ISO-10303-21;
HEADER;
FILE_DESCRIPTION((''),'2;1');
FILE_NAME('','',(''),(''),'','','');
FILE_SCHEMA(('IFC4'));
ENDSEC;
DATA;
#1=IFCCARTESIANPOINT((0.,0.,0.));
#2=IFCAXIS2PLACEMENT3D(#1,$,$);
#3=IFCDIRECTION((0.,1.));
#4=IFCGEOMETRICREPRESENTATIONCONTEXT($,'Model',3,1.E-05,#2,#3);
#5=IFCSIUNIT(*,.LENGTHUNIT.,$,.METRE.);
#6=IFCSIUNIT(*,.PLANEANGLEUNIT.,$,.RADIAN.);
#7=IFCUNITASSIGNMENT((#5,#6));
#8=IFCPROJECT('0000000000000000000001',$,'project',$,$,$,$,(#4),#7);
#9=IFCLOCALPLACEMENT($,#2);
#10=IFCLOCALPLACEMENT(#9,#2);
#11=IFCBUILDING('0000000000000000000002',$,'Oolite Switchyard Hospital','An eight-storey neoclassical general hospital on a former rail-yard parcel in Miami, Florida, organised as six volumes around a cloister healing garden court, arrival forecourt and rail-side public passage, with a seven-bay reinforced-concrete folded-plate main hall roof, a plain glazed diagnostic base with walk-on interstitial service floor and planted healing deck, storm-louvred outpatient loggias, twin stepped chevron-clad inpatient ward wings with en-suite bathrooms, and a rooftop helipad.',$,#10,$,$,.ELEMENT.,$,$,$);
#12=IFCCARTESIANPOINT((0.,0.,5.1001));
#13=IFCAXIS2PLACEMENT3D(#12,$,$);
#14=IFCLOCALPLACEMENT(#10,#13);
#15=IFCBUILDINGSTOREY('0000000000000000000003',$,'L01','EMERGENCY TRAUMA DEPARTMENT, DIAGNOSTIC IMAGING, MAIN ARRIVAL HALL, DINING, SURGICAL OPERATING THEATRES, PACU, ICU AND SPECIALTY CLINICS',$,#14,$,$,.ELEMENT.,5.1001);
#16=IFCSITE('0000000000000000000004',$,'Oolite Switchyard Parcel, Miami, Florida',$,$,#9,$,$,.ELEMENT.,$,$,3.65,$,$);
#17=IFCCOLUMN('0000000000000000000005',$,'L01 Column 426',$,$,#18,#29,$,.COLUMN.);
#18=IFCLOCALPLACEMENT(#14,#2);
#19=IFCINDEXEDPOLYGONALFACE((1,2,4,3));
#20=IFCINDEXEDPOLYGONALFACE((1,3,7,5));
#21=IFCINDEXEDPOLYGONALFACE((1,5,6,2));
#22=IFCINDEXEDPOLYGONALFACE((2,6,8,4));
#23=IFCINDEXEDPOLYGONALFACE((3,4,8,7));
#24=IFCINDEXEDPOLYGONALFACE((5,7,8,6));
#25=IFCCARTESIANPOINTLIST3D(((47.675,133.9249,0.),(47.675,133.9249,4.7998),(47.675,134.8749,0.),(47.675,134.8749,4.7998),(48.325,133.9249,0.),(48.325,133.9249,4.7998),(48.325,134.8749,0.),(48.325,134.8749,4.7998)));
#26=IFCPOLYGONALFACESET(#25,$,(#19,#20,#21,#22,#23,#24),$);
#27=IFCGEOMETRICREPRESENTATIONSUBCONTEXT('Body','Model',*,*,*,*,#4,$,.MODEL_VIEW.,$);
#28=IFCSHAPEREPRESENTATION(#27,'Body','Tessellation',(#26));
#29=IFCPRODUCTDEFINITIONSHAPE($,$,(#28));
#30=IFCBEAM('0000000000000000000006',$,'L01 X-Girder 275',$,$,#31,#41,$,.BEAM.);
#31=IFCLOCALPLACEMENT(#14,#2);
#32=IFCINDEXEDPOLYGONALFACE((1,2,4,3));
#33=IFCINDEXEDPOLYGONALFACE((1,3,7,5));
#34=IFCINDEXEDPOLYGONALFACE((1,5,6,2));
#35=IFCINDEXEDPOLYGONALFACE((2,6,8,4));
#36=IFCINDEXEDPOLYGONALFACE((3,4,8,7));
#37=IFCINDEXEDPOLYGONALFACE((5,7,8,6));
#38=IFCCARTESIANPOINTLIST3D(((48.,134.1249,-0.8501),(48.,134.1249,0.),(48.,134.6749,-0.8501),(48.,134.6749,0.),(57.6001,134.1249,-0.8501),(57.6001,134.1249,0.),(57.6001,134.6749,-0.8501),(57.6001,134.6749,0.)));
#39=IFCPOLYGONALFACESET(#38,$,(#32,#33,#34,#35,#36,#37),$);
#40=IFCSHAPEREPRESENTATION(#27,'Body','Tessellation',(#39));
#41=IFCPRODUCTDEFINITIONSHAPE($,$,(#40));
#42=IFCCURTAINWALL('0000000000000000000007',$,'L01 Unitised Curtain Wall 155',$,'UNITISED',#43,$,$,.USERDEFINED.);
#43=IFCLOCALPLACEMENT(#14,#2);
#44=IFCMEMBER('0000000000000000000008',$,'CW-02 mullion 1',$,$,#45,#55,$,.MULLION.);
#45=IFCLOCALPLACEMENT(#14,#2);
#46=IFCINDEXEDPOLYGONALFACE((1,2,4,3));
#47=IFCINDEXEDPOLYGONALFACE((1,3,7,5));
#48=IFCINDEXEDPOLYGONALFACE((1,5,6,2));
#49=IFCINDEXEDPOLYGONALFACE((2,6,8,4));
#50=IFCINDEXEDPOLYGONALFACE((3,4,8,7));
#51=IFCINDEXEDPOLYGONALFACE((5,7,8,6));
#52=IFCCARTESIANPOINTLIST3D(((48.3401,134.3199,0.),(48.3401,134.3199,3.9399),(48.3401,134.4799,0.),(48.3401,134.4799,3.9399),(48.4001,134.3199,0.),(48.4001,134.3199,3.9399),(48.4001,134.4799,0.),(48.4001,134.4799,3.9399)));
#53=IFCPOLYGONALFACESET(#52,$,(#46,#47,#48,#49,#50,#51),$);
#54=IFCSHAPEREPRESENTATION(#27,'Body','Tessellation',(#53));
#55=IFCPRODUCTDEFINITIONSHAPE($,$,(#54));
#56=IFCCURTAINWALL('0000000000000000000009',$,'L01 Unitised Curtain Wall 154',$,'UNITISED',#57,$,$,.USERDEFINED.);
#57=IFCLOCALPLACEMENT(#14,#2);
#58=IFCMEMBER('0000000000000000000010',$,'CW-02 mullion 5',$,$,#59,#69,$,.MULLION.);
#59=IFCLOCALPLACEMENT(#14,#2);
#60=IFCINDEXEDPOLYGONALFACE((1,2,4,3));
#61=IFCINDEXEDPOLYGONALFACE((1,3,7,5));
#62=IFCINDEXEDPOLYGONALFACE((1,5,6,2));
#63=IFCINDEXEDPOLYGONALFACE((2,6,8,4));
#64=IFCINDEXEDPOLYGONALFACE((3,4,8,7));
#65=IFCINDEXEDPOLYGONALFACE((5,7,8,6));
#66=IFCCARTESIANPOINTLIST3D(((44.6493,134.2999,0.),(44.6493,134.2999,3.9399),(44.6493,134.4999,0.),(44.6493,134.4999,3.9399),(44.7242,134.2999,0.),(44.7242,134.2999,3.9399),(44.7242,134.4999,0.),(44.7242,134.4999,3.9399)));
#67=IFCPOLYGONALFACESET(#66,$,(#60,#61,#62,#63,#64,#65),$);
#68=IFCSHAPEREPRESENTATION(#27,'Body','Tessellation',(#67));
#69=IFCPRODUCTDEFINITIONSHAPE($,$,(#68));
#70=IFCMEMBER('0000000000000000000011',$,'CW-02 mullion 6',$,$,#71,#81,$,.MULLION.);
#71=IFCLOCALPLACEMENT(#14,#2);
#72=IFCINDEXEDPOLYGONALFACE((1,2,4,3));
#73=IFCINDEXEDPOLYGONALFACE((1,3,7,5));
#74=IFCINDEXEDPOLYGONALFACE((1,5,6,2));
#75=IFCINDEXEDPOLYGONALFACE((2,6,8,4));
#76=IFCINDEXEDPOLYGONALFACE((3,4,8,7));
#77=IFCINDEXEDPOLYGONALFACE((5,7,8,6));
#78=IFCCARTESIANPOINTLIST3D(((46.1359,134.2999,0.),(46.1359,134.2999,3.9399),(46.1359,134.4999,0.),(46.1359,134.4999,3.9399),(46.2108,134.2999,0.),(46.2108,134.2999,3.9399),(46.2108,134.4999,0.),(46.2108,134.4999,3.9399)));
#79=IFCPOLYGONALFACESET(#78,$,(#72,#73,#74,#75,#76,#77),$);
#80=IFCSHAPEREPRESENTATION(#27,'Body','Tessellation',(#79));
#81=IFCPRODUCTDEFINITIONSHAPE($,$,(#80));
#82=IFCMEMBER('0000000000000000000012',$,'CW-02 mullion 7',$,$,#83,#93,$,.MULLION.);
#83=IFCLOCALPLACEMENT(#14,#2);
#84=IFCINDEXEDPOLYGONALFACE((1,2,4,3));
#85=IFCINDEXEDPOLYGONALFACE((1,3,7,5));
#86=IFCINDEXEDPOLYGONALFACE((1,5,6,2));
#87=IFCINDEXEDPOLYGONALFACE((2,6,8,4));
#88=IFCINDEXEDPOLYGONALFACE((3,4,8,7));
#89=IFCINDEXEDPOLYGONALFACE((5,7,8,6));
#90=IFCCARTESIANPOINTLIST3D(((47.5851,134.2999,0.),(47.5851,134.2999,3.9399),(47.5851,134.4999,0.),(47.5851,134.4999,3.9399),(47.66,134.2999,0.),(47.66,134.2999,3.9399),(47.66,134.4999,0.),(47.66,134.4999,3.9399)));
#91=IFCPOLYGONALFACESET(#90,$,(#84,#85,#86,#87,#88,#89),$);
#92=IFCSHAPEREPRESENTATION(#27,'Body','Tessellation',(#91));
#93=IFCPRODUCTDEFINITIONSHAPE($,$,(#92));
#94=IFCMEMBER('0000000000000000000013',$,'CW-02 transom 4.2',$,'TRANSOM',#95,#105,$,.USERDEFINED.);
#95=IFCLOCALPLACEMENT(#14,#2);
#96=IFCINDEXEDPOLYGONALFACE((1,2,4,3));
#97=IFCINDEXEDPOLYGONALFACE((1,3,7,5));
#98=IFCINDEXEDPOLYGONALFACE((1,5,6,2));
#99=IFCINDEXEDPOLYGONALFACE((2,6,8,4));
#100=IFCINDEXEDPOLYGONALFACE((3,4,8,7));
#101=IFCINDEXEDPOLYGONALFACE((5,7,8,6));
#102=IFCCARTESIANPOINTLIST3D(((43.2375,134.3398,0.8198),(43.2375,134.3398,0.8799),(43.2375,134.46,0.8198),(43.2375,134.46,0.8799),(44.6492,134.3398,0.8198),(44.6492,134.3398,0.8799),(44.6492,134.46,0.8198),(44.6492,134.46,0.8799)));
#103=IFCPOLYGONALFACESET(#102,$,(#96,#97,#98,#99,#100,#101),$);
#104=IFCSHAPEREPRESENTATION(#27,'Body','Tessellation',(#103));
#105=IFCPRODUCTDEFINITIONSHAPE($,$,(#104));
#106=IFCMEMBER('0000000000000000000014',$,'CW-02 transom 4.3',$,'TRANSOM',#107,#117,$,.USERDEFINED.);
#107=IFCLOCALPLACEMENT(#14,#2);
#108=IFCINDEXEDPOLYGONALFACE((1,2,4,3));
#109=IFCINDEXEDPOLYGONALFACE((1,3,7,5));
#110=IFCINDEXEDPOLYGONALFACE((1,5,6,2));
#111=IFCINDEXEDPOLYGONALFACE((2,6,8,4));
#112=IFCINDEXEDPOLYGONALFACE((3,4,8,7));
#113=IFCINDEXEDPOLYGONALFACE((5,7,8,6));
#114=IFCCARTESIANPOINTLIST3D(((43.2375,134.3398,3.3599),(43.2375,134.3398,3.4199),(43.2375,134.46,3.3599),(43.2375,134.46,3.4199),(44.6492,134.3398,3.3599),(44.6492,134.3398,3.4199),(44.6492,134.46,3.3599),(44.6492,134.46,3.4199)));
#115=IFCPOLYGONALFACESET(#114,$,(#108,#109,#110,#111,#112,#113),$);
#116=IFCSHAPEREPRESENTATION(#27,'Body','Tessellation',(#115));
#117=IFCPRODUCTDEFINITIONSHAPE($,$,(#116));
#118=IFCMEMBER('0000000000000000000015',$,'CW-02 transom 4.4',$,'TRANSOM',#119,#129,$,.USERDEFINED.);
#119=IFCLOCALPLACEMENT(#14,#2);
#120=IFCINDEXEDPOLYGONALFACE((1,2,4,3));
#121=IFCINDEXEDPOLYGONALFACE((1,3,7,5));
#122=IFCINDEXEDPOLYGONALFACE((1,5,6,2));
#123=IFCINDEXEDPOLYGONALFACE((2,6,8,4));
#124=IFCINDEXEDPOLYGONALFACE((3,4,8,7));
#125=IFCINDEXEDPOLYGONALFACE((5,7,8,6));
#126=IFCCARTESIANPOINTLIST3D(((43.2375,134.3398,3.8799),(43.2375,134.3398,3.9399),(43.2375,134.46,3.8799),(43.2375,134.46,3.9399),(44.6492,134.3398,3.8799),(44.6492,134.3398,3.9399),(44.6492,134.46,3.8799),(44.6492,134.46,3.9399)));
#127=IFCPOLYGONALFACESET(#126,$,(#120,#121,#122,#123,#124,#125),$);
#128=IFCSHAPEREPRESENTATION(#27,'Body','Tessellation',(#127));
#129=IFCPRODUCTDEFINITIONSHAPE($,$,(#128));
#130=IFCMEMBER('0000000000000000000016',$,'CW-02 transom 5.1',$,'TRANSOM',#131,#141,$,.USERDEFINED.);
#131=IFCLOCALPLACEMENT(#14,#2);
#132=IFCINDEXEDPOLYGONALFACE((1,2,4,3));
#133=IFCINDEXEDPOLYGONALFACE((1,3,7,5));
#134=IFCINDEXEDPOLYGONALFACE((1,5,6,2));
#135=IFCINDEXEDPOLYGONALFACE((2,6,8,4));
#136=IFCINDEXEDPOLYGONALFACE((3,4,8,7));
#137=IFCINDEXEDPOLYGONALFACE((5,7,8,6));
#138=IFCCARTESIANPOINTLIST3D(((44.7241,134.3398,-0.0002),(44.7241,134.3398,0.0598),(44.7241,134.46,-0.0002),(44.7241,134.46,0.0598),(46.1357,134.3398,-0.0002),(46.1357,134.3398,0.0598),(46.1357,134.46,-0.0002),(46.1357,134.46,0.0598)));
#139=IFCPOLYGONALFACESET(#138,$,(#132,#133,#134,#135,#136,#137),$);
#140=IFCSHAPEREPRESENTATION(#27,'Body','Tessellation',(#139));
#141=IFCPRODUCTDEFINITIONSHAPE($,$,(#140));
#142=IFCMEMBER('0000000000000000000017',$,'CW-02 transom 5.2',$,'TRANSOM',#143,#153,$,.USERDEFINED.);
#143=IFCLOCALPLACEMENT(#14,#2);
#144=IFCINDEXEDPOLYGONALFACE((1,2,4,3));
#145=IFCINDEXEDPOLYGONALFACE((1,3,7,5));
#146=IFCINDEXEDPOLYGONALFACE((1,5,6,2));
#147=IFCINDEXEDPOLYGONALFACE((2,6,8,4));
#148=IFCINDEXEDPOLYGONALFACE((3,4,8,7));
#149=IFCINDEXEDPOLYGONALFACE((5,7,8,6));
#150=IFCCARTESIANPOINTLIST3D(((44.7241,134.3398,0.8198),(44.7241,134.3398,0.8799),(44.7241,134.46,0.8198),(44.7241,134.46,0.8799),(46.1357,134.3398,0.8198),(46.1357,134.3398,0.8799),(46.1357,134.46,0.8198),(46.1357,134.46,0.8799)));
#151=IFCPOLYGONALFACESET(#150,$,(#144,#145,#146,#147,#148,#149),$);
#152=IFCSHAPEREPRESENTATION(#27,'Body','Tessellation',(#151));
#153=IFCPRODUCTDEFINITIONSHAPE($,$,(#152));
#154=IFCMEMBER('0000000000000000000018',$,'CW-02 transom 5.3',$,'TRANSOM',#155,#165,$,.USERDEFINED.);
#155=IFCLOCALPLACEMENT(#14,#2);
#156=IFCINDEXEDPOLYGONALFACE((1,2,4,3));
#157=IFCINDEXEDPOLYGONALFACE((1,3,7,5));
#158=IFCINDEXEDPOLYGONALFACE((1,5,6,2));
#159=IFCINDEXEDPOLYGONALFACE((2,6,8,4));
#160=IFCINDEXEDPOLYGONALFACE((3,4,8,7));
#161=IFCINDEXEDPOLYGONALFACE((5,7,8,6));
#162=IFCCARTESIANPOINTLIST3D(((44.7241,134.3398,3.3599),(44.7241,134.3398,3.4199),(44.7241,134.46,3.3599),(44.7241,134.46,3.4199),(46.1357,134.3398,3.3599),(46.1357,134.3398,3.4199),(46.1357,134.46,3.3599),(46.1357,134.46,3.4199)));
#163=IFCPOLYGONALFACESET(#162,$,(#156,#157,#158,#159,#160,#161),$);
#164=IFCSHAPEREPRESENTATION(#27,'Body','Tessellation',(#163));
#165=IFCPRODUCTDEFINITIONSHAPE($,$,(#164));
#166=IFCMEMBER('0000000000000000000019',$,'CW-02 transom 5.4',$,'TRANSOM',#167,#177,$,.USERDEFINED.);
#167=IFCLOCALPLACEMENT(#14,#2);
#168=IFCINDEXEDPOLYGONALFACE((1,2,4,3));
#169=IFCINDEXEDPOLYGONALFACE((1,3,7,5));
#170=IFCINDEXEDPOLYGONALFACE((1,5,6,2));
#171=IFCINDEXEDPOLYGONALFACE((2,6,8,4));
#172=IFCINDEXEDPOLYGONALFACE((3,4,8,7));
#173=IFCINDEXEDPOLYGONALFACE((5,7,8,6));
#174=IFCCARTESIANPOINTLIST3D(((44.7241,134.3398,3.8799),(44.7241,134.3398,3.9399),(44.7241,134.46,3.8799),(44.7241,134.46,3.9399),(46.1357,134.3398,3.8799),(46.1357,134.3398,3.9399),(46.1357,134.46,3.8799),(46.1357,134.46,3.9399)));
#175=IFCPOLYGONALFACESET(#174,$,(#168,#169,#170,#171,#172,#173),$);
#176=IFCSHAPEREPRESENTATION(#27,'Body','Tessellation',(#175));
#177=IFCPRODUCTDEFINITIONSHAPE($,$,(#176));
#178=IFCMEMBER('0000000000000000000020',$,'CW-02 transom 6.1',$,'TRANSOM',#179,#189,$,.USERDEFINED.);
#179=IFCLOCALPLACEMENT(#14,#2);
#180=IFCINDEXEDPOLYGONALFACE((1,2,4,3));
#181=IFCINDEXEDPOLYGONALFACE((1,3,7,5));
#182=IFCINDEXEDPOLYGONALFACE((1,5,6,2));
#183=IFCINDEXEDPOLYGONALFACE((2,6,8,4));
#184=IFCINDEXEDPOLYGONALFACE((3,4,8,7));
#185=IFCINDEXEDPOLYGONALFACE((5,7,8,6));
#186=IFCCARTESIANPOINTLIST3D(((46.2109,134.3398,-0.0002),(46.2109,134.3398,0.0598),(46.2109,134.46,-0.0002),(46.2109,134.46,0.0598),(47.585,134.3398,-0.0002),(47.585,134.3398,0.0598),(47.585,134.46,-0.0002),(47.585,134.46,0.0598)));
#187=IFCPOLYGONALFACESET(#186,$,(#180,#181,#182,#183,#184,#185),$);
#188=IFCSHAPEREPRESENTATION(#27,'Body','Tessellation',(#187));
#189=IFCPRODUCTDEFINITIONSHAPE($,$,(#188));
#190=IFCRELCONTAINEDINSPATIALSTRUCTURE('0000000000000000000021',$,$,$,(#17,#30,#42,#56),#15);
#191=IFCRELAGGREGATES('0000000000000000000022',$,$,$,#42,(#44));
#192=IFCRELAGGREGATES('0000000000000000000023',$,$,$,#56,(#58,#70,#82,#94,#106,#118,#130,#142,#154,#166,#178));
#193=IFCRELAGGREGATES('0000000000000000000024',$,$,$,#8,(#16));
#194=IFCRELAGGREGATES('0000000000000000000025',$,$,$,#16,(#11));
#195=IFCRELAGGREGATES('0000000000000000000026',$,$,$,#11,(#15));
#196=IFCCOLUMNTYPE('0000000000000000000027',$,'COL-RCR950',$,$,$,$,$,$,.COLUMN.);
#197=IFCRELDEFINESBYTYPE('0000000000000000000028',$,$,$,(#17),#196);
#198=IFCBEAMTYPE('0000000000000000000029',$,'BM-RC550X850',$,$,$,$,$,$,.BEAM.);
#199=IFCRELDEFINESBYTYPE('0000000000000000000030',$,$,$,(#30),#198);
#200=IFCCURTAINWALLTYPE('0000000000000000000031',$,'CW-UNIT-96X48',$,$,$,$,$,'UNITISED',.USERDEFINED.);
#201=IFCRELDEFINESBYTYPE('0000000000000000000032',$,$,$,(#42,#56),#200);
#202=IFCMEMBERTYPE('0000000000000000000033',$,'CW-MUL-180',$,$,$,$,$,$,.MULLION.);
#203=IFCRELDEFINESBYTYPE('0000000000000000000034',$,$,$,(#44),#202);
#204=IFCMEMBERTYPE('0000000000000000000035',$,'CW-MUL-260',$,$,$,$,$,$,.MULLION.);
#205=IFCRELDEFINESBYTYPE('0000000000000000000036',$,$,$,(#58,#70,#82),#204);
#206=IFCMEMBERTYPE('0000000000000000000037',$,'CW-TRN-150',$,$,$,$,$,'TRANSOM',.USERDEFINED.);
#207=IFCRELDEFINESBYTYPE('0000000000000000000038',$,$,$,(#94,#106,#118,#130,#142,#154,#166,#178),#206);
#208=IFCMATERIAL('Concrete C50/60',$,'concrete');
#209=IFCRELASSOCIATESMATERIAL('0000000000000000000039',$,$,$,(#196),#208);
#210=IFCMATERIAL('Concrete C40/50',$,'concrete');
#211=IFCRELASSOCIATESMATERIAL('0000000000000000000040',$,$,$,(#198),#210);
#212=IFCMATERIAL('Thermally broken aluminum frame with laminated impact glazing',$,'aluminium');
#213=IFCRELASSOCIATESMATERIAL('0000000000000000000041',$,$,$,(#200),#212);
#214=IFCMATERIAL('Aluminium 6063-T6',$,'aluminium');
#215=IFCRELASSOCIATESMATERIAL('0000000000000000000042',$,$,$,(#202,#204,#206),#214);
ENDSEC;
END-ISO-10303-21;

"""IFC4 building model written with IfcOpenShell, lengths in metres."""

from ifc_helpers import new_model, si_unit, direction, frame, origin, origin_2d, place, context, subcontext, project, spatial, rectangle, extrude, material, material_profile, profile_set, type_object, element, aggregate, save


model = new_model("IFC4")

# Units and contexts
model_context = context("Model", 3, precision=1e-05, world=origin(), true_north=direction((0.0, 1.0)))
body_context = subcontext(model_context, "Body", "Model", "MODEL_VIEW")
ifc_project = project(units=[si_unit("LENGTHUNIT", "METRE"), si_unit("PLANEANGLEUNIT", "RADIAN")], contexts=[model_context])

# Site, building, storey
site_placement = place(None, origin())
site = spatial("IfcSite", under=ifc_project, at=site_placement, Name="Oolite Switchyard Parcel, Miami, Florida", CompositionType="ELEMENT", RefElevation=3.65)
building_placement = place(site_placement, origin())
building = spatial("IfcBuilding", under=site, at=building_placement, Name="Oolite Switchyard Hospital", Description="An eight-storey neoclassical general hospital on a former rail-yard parcel in Miami, Florida, organised as six volumes around a cloister healing garden court, arrival forecourt and rail-side public passage, with a seven-bay reinforced-concrete folded-plate main hall roof, a plain glazed diagnostic base with walk-on interstitial service floor and planted healing deck, storm-louvred outpatient loggias, twin stepped chevron-clad inpatient ward wings with en-suite bathrooms, and a rooftop helipad.", CompositionType="ELEMENT")
storey_placement = place(building_placement, frame((0.0, 0.0, 5.1001)))
storey = spatial("IfcBuildingStorey", under=building, at=storey_placement, Name="L01", Description="EMERGENCY TRAUMA DEPARTMENT, DIAGNOSTIC IMAGING, MAIN ARRIVAL HALL, DINING, SURGICAL OPERATING THEATRES, PACU, ICU AND SPECIALTY CLINICS", CompositionType="ELEMENT", Elevation=5.1001)

# Column
ifc_material_1 = material(Name="Concrete C50/60", Category="concrete")
ifc_material_profile_1 = material_profile(ifc_material_1, rectangle(XDim=0.95, YDim=0.6499, at=origin_2d()), Name="RC950X650")
ifc_profile_set_1 = profile_set([ifc_material_profile_1], Name="Concrete C50/60")
column_type = type_object("IfcColumnType", Name="COL-RCR950", PredefinedType="COLUMN", material=ifc_profile_set_1)
column_placement = place(storey_placement, frame((48.0, 134.3999, 0.0), z_axis=(0.0, 0.0, 1.0), x_axis=(0.0, 1.0, 0.0)))
element("IfcColumn", 1, at=column_placement, inside=storey, type_object=column_type, Name="L01 Column 426", PredefinedType="COLUMN", context=body_context, shape_type="SweptSolid", body=[
    extrude(rectangle(XDim=0.95, YDim=0.6499, at=origin_2d()), origin(), (0.0, 0.0, 1.0), 4.7998),
])

# Beam
ifc_material_2 = material(Name="Concrete C40/50", Category="concrete")
ifc_material_profile_2 = material_profile(ifc_material_2, rectangle(XDim=0.55, YDim=0.8501, at=origin_2d()), Name="RCB550X850")
ifc_profile_set_2 = profile_set([ifc_material_profile_2], Name="Concrete C40/50")
beam_type = type_object("IfcBeamType", Name="BM-RC550X850", PredefinedType="BEAM", material=ifc_profile_set_2)
beam_placement = place(storey_placement, frame((48.0, 134.3999, -0.425), z_axis=(1.0, 0.0, 0.0), x_axis=(0.0, 1.0, 0.0)))
element("IfcBeam", 2, at=beam_placement, inside=storey, type_object=beam_type, Name="L01 X-Girder 275", PredefinedType="BEAM", context=body_context, shape_type="SweptSolid", body=[
    extrude(rectangle(XDim=0.55, YDim=0.8501, at=origin_2d()), origin(), (0.0, 0.0, 1.0), 9.6001),
])

# Curtain wall, member
ifc_material_3 = material(Name="Thermally broken aluminum frame with laminated impact glazing", Category="aluminium")
curtain_wall_type = type_object("IfcCurtainWallType", Name="CW-UNIT-96X48", ElementType="UNITISED", PredefinedType="USERDEFINED", material=ifc_material_3)
curtain_wall_1_placement = place(storey_placement, origin())
curtain_wall_1 = element("IfcCurtainWall", 3, at=curtain_wall_1_placement, inside=storey, type_object=curtain_wall_type, Name="L01 Unitised Curtain Wall 155", ObjectType="UNITISED", PredefinedType="USERDEFINED")
ifc_material_4 = material(Name="Aluminium 6063-T6", Category="aluminium")
ifc_material_profile_3 = material_profile(ifc_material_4, rectangle(XDim=0.1599, YDim=0.0601, at=origin_2d()), Name="CWM60X160")
ifc_profile_set_3 = profile_set([ifc_material_profile_3], Name="Aluminium 6063-T6")
member_type_1 = type_object("IfcMemberType", Name="CW-MUL-180", PredefinedType="MULLION", material=ifc_profile_set_3)
member_1_placement = place(storey_placement, frame((48.3701, 134.3999, 0.0), z_axis=(0.0, 0.0, 1.0), x_axis=(0.0, 1.0, 0.0)))
member_1 = element("IfcMember", 4, at=member_1_placement, type_object=member_type_1, Name="CW-02 mullion 1", PredefinedType="MULLION", context=body_context, shape_type="SweptSolid", body=[
    extrude(rectangle(XDim=0.1599, YDim=0.0601, at=origin_2d()), origin(), (0.0, 0.0, 1.0), 3.9399),
])
aggregate(curtain_wall_1, [member_1])

# Curtain wall, members
curtain_wall_2_placement = place(storey_placement, origin())
curtain_wall_2 = element("IfcCurtainWall", 5, at=curtain_wall_2_placement, inside=storey, type_object=curtain_wall_type, Name="L01 Unitised Curtain Wall 154", ObjectType="UNITISED", PredefinedType="USERDEFINED")
ifc_material_profile_4 = material_profile(ifc_material_4, rectangle(XDim=0.2, YDim=0.075, at=origin_2d()), Name="CWM75X200")
ifc_profile_set_4 = profile_set([ifc_material_profile_4], Name="Aluminium 6063-T6")
member_type_2 = type_object("IfcMemberType", Name="CW-MUL-260", PredefinedType="MULLION", material=ifc_profile_set_4)
member_2_placement = place(storey_placement, frame((44.6868, 134.3999, 0.0), z_axis=(0.0, 0.0, 1.0), x_axis=(0.0, 1.0, 0.0)))
member_2 = element("IfcMember", 6, at=member_2_placement, type_object=member_type_2, Name="CW-02 mullion 5", PredefinedType="MULLION", context=body_context, shape_type="SweptSolid", body=[
    extrude(rectangle(XDim=0.2, YDim=0.075, at=origin_2d()), origin(), (0.0, 0.0, 1.0), 3.9399),
])
member_3_placement = place(storey_placement, frame((46.1733, 134.3999, 0.0), z_axis=(0.0, 0.0, 1.0), x_axis=(0.0, 1.0, 0.0)))
member_3 = element("IfcMember", 7, at=member_3_placement, type_object=member_type_2, Name="CW-02 mullion 6", PredefinedType="MULLION", context=body_context, shape_type="SweptSolid", body=[
    extrude(rectangle(XDim=0.2, YDim=0.075, at=origin_2d()), origin(), (0.0, 0.0, 1.0), 3.9399),
])
member_4_placement = place(storey_placement, frame((47.6226, 134.3999, 0.0), z_axis=(0.0, 0.0, 1.0), x_axis=(0.0, 1.0, 0.0)))
member_4 = element("IfcMember", 8, at=member_4_placement, type_object=member_type_2, Name="CW-02 mullion 7", PredefinedType="MULLION", context=body_context, shape_type="SweptSolid", body=[
    extrude(rectangle(XDim=0.2, YDim=0.075, at=origin_2d()), origin(), (0.0, 0.0, 1.0), 3.9399),
])
ifc_material_profile_5 = material_profile(ifc_material_4, rectangle(XDim=0.1201, YDim=0.0601, at=origin_2d()), Name="CWT60X120")
ifc_profile_set_5 = profile_set([ifc_material_profile_5], Name="Aluminium 6063-T6")
member_type_3 = type_object("IfcMemberType", Name="CW-TRN-150", ElementType="TRANSOM", PredefinedType="USERDEFINED", material=ifc_profile_set_5)
member_5_placement = place(storey_placement, frame((43.2375, 134.3999, 0.8499), z_axis=(1.0, 0.0, 0.0), x_axis=(0.0, 1.0, 0.0)))
member_5 = element("IfcMember", 9, at=member_5_placement, type_object=member_type_3, Name="CW-02 transom 4.2", ObjectType="TRANSOM", PredefinedType="USERDEFINED", context=body_context, shape_type="SweptSolid", body=[
    extrude(rectangle(XDim=0.1201, YDim=0.0601, at=origin_2d()), origin(), (0.0, 0.0, 1.0), 1.4116),
])
member_6_placement = place(storey_placement, frame((43.2375, 134.3999, 3.3899), z_axis=(1.0, 0.0, 0.0), x_axis=(0.0, 1.0, 0.0)))
member_6 = element("IfcMember", 10, at=member_6_placement, type_object=member_type_3, Name="CW-02 transom 4.3", ObjectType="TRANSOM", PredefinedType="USERDEFINED", context=body_context, shape_type="SweptSolid", body=[
    extrude(rectangle(XDim=0.1201, YDim=0.0601, at=origin_2d()), origin(), (0.0, 0.0, 1.0), 1.4116),
])
member_7_placement = place(storey_placement, frame((43.2375, 134.3999, 3.9099), z_axis=(1.0, 0.0, 0.0), x_axis=(0.0, 1.0, 0.0)))
member_7 = element("IfcMember", 11, at=member_7_placement, type_object=member_type_3, Name="CW-02 transom 4.4", ObjectType="TRANSOM", PredefinedType="USERDEFINED", context=body_context, shape_type="SweptSolid", body=[
    extrude(rectangle(XDim=0.1201, YDim=0.0601, at=origin_2d()), origin(), (0.0, 0.0, 1.0), 1.4116),
])
member_8_placement = place(storey_placement, frame((44.7241, 134.3999, 0.0298), z_axis=(1.0, 0.0, 0.0), x_axis=(0.0, 1.0, 0.0)))
member_8 = element("IfcMember", 12, at=member_8_placement, type_object=member_type_3, Name="CW-02 transom 5.1", ObjectType="TRANSOM", PredefinedType="USERDEFINED", context=body_context, shape_type="SweptSolid", body=[
    extrude(rectangle(XDim=0.1201, YDim=0.0601, at=origin_2d()), origin(), (0.0, 0.0, 1.0), 1.4116),
])
member_9_placement = place(storey_placement, frame((44.7241, 134.3999, 0.8499), z_axis=(1.0, 0.0, 0.0), x_axis=(0.0, 1.0, 0.0)))
member_9 = element("IfcMember", 13, at=member_9_placement, type_object=member_type_3, Name="CW-02 transom 5.2", ObjectType="TRANSOM", PredefinedType="USERDEFINED", context=body_context, shape_type="SweptSolid", body=[
    extrude(rectangle(XDim=0.1201, YDim=0.0601, at=origin_2d()), origin(), (0.0, 0.0, 1.0), 1.4116),
])
member_10_placement = place(storey_placement, frame((44.7241, 134.3999, 3.3899), z_axis=(1.0, 0.0, 0.0), x_axis=(0.0, 1.0, 0.0)))
member_10 = element("IfcMember", 14, at=member_10_placement, type_object=member_type_3, Name="CW-02 transom 5.3", ObjectType="TRANSOM", PredefinedType="USERDEFINED", context=body_context, shape_type="SweptSolid", body=[
    extrude(rectangle(XDim=0.1201, YDim=0.0601, at=origin_2d()), origin(), (0.0, 0.0, 1.0), 1.4116),
])
member_11_placement = place(storey_placement, frame((44.7241, 134.3999, 3.9099), z_axis=(1.0, 0.0, 0.0), x_axis=(0.0, 1.0, 0.0)))
member_11 = element("IfcMember", 15, at=member_11_placement, type_object=member_type_3, Name="CW-02 transom 5.4", ObjectType="TRANSOM", PredefinedType="USERDEFINED", context=body_context, shape_type="SweptSolid", body=[
    extrude(rectangle(XDim=0.1201, YDim=0.0601, at=origin_2d()), origin(), (0.0, 0.0, 1.0), 1.4116),
])
member_12_placement = place(storey_placement, frame((46.2109, 134.3999, 0.0298), z_axis=(1.0, 0.0, 0.0), x_axis=(0.0, 1.0, 0.0)))
member_12 = element("IfcMember", 16, at=member_12_placement, type_object=member_type_3, Name="CW-02 transom 6.1", ObjectType="TRANSOM", PredefinedType="USERDEFINED", context=body_context, shape_type="SweptSolid", body=[
    extrude(rectangle(XDim=0.1201, YDim=0.0601, at=origin_2d()), origin(), (0.0, 0.0, 1.0), 1.374),
])
aggregate(curtain_wall_2, [member_2, member_3, member_4, member_5, member_6, member_7, member_8, member_9, member_10, member_11, member_12])

save(model, "model.ifc")
